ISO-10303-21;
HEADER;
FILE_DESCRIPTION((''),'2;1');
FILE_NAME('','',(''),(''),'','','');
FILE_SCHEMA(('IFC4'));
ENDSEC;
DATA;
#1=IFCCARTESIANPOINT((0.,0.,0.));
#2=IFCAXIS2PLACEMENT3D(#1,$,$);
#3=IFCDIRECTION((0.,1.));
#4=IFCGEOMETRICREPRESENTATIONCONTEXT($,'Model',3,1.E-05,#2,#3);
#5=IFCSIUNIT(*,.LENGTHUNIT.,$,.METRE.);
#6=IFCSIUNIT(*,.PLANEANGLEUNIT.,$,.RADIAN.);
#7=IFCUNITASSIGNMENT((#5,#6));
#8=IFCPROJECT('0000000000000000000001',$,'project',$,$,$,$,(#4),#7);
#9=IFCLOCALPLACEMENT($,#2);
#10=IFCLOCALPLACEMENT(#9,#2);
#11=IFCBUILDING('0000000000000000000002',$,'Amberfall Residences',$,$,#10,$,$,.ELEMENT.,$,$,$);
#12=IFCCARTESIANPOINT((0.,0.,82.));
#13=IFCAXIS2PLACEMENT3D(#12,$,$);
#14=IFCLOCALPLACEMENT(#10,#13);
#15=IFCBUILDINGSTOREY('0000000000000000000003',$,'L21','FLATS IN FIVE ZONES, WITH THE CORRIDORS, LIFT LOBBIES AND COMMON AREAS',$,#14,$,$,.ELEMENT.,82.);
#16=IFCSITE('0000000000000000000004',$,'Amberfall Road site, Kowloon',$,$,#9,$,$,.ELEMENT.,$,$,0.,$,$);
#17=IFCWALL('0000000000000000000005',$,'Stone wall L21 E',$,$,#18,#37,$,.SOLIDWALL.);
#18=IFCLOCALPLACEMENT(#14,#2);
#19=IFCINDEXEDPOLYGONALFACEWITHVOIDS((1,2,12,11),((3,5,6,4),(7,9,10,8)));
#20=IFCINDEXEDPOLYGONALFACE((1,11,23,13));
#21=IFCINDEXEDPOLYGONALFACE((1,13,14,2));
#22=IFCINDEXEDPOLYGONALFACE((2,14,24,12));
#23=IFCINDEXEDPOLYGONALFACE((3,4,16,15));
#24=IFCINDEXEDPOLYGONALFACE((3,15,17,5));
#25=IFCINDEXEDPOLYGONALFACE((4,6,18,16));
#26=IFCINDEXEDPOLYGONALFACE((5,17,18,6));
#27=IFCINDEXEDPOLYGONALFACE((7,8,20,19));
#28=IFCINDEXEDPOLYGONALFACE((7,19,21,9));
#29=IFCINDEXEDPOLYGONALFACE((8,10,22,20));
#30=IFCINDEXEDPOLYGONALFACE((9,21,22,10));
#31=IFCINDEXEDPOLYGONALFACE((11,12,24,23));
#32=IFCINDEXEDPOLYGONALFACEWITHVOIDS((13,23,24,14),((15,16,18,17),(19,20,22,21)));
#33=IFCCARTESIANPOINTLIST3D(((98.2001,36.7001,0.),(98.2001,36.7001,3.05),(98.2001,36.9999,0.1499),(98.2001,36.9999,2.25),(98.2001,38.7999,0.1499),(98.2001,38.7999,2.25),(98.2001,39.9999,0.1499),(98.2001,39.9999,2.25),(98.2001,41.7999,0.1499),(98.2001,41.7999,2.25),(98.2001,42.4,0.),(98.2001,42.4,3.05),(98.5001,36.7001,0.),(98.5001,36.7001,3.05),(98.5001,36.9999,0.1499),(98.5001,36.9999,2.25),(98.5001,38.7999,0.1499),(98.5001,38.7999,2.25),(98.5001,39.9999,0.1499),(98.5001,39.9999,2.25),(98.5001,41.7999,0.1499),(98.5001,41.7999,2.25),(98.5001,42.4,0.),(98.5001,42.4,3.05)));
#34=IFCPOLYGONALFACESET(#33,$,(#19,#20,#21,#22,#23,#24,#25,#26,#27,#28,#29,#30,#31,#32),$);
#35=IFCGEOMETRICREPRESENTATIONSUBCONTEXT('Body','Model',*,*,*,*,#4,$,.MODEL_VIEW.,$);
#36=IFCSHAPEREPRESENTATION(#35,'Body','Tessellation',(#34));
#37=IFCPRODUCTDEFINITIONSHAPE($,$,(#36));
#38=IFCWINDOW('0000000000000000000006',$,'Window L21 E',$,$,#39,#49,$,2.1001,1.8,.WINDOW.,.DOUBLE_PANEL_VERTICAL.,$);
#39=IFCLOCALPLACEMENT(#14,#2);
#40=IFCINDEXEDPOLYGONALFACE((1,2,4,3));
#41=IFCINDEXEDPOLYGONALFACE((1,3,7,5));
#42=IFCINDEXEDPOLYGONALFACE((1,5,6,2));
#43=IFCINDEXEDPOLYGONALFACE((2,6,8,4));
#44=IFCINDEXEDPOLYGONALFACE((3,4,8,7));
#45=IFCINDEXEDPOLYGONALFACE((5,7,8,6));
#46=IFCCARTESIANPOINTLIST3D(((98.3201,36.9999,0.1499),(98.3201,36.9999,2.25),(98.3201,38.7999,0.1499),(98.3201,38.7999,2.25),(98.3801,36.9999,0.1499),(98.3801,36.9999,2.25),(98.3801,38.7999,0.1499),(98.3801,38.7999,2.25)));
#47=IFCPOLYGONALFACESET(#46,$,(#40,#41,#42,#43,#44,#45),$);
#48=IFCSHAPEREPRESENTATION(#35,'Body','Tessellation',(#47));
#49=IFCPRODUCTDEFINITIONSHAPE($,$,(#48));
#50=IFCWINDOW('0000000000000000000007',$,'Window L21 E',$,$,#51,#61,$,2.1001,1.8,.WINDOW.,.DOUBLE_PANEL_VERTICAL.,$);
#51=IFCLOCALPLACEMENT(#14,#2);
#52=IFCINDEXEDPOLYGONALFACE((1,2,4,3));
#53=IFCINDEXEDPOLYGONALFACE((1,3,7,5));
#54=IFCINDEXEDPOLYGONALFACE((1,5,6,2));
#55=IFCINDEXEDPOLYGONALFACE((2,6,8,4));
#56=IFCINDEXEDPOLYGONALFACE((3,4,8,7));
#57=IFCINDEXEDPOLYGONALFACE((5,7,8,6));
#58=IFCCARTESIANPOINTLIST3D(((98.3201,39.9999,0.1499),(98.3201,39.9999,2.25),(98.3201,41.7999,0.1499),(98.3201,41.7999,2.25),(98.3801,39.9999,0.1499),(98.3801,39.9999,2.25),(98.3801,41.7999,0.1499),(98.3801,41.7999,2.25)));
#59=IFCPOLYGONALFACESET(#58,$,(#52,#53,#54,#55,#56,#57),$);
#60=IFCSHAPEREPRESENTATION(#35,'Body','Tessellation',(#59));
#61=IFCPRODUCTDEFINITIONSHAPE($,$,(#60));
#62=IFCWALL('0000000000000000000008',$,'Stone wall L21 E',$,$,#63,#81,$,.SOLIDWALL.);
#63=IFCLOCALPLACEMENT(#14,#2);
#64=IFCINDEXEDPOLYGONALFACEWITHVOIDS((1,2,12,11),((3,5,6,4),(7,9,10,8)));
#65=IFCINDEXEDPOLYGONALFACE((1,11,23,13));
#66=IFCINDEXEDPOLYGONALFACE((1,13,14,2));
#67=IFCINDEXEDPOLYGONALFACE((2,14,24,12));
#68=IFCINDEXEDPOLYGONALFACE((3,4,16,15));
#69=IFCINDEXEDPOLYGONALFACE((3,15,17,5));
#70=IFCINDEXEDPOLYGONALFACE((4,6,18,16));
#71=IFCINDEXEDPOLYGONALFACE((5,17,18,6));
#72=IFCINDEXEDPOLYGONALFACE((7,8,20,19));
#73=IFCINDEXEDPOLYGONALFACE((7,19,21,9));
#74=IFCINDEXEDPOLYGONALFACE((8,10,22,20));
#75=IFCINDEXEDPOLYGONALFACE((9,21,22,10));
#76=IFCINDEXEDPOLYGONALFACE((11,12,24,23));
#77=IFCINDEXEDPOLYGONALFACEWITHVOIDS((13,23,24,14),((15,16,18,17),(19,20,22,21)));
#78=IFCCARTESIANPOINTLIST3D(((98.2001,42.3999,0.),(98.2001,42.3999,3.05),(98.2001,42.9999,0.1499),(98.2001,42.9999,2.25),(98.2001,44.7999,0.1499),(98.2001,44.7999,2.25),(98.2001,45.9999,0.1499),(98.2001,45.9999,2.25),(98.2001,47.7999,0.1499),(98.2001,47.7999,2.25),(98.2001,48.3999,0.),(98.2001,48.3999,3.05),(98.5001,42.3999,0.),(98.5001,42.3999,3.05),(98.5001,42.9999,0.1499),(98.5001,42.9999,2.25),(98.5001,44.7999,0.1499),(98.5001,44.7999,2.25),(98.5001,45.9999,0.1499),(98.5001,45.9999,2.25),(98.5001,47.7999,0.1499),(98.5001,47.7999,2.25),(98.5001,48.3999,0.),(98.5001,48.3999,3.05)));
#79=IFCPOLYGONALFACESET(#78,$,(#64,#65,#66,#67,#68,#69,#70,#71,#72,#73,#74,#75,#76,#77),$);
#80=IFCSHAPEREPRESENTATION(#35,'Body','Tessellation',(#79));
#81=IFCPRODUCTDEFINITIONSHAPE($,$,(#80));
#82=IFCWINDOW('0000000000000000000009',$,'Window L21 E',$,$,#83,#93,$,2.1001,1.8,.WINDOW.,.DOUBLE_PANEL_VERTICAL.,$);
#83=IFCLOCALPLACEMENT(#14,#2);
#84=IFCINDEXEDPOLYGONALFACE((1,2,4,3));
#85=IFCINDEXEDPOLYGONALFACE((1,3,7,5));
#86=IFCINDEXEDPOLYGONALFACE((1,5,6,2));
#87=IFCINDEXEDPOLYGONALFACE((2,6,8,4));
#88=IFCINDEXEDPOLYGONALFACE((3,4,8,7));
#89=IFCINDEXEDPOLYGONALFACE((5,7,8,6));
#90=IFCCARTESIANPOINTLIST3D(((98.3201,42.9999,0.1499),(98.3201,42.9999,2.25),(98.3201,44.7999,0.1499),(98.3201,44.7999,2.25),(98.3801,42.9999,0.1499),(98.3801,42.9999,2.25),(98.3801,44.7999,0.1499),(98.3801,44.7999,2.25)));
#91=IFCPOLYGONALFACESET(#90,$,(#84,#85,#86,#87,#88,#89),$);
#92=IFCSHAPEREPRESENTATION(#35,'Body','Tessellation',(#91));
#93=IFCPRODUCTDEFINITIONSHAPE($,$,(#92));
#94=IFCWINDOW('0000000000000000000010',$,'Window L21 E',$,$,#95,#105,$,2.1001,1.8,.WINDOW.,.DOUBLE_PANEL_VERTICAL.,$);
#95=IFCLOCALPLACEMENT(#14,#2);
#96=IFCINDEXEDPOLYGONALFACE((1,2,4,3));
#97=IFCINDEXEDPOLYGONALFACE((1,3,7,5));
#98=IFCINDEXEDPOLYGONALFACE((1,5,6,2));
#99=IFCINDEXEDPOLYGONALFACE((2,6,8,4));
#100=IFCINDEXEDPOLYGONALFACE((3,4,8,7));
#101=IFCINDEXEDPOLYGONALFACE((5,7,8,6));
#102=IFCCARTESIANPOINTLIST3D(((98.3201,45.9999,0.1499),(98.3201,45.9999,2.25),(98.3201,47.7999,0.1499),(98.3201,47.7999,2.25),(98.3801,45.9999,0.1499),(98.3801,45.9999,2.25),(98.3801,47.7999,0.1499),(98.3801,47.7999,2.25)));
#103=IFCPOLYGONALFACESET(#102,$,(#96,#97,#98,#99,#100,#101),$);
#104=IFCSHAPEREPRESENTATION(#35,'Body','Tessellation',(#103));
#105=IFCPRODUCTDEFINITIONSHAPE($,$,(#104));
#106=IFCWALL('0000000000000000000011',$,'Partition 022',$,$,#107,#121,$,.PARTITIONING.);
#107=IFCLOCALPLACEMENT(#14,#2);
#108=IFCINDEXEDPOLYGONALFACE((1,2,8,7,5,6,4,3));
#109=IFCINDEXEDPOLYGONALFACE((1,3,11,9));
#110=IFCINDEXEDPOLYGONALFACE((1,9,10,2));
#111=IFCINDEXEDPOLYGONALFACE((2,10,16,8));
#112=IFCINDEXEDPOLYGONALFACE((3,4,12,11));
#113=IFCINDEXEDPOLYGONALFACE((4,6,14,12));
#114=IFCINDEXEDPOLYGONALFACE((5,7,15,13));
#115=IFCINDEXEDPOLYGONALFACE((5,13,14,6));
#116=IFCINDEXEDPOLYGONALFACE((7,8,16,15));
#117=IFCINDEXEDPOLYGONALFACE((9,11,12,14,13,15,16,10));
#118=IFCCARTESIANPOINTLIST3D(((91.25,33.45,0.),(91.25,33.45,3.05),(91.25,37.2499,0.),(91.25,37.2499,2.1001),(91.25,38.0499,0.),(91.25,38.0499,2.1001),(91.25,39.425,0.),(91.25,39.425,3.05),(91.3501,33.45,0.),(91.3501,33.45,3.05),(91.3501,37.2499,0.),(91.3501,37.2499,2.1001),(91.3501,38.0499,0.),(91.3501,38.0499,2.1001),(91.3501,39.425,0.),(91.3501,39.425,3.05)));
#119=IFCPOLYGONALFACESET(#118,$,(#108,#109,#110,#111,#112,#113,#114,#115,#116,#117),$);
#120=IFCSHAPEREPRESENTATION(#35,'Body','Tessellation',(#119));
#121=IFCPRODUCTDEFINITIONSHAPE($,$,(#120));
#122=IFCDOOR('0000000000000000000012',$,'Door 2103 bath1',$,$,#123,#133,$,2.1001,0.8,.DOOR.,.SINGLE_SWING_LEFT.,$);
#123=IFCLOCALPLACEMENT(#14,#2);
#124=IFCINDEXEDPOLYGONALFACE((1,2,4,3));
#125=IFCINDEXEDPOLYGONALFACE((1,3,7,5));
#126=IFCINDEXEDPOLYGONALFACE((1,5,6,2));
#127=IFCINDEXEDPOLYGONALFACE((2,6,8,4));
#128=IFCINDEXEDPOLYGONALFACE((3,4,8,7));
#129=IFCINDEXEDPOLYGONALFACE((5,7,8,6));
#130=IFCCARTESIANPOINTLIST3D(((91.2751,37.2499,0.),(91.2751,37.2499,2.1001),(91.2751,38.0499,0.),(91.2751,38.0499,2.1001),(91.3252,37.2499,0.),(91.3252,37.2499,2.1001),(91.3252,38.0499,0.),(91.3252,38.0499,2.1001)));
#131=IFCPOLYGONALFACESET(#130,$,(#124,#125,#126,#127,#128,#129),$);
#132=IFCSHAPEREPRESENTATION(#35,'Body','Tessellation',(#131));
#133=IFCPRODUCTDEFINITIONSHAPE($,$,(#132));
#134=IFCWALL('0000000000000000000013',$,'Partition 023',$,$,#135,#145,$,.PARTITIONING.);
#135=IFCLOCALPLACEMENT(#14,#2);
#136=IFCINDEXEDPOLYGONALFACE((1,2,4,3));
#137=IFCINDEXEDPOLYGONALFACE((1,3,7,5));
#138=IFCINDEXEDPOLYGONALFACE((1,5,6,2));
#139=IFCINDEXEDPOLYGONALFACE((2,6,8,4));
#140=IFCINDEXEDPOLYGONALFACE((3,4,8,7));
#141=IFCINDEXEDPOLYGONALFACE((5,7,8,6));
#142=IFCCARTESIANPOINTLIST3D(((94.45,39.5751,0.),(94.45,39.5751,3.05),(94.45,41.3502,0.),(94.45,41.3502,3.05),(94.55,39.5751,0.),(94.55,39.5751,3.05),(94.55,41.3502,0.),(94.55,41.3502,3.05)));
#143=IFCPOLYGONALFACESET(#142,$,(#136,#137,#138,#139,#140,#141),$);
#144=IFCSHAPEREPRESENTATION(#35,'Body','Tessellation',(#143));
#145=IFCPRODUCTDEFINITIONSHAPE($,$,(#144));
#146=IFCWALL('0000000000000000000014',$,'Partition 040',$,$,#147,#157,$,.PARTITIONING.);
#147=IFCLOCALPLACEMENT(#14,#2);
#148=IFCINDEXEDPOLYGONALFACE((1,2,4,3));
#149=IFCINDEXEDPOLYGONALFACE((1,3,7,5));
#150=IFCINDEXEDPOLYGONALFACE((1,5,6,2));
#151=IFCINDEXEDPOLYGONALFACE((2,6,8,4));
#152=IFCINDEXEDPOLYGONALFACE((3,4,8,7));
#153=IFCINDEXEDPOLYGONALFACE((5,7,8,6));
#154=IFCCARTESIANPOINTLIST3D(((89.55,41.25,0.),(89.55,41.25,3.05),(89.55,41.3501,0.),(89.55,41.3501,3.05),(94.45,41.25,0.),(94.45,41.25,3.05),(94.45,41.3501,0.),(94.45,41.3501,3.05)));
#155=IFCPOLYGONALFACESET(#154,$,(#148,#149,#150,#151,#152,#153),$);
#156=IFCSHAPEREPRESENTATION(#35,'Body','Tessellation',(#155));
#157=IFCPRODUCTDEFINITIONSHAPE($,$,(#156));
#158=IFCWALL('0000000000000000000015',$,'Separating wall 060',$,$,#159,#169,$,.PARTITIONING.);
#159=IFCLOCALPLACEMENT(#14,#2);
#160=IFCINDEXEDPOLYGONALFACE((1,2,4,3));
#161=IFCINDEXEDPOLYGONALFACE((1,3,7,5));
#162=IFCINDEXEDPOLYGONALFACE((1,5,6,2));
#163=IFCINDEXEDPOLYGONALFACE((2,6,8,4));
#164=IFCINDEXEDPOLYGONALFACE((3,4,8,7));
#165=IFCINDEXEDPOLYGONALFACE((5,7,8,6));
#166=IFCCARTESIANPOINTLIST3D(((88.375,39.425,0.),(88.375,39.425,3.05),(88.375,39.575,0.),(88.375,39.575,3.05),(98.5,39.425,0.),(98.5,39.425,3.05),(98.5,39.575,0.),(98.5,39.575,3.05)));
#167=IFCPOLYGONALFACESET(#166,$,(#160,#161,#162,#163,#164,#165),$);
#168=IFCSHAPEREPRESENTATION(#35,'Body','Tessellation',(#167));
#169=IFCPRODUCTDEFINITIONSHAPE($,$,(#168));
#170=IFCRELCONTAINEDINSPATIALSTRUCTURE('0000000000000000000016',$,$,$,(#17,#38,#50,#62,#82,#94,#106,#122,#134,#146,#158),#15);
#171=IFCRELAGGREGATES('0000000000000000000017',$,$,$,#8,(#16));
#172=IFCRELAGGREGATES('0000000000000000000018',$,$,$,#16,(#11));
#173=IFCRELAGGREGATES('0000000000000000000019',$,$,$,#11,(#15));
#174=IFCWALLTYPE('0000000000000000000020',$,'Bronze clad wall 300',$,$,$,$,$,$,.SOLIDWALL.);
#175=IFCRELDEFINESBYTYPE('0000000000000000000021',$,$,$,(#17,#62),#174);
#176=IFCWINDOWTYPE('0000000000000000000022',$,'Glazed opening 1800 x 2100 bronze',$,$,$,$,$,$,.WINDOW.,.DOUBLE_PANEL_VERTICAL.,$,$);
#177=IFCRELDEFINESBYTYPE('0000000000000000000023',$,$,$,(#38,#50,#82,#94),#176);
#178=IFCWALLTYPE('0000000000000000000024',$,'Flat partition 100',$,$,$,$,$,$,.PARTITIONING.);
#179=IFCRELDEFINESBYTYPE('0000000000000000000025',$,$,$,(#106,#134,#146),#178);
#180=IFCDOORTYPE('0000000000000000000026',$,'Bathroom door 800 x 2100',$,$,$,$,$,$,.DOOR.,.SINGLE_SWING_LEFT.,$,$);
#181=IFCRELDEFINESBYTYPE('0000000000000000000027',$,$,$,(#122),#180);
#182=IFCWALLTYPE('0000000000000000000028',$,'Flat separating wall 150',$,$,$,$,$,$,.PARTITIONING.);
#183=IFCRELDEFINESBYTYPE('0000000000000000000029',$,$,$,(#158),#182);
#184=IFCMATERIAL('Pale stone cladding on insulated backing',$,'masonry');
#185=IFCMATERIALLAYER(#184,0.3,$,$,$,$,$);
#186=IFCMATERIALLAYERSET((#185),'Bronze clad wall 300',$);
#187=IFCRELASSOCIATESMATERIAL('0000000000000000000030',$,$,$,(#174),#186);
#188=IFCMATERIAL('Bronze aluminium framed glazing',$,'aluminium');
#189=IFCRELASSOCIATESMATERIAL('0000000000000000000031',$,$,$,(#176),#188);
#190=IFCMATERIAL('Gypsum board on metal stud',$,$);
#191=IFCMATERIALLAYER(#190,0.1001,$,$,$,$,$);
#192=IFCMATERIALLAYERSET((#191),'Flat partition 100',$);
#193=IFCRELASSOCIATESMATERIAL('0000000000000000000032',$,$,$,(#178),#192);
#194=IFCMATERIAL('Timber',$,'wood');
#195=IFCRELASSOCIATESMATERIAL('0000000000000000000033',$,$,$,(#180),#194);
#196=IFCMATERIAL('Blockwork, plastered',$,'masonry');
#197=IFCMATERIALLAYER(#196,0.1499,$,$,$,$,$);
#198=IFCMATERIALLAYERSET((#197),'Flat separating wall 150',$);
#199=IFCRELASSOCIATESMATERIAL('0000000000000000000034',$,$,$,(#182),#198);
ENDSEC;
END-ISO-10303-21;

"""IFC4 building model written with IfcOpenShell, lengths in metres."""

from ifc_helpers import new_model, si_unit, direction, frame, frame_2d, origin, place, context, subcontext, project, spatial, rectangle, extrude, material, layer, layer_set, type_object, element, fill, save


model = new_model("IFC4")

# Units and contexts
model_context = context("Model", 3, precision=1e-05, world=origin(), true_north=direction((0.0, 1.0)))
body_context = subcontext(model_context, "Body", "Model", "MODEL_VIEW")
ifc_project = project(units=[si_unit("LENGTHUNIT", "METRE"), si_unit("PLANEANGLEUNIT", "RADIAN")], contexts=[model_context])

# Site, building, storey
site_placement = place(None, origin())
site = spatial("IfcSite", under=ifc_project, at=site_placement, Name="Amberfall Road site, Kowloon", CompositionType="ELEMENT", RefElevation=0.0)
building_placement = place(site_placement, origin())
building = spatial("IfcBuilding", under=site, at=building_placement, Name="Amberfall Residences", CompositionType="ELEMENT")
storey_placement = place(building_placement, frame((0.0, 0.0, 82.0)))
storey = spatial("IfcBuildingStorey", under=building, at=storey_placement, Name="L21", Description="FLATS IN FIVE ZONES, WITH THE CORRIDORS, LIFT LOBBIES AND COMMON AREAS", CompositionType="ELEMENT", Elevation=82.0)

# Shared definitions
ifc_material_1 = material(Name="Pale stone cladding on insulated backing", Category="masonry")
ifc_layer_1 = layer(ifc_material_1, 0.3)
ifc_layer_set_1 = layer_set([ifc_layer_1], Name="Bronze clad wall 300")
wall_type_1 = type_object("IfcWallType", Name="Bronze clad wall 300", PredefinedType="SOLIDWALL", material=ifc_layer_set_1)
ifc_material_2 = material(Name="Bronze aluminium framed glazing", Category="aluminium")

# Walls, openings, windows
wall_1_placement = place(storey_placement, frame((98.3501, 36.7, 0.0), z_axis=(0.0, 0.0, 1.0), x_axis=(0.0, 1.0, 0.0)))
wall_1 = element("IfcWall", 1, at=wall_1_placement, inside=storey, type_object=wall_type_1, Name="Stone wall L21 E", PredefinedType="SOLIDWALL", context=body_context, shape_type="SweptSolid", body=[
    extrude(rectangle(XDim=5.7, YDim=0.3, at=frame_2d((2.8501, 0.0))), origin(), (0.0, 0.0, 1.0), 3.05),
])
opening_1_placement = place(wall_1_placement, frame((0.3, 0.0, 0.1499)))
opening_1 = element("IfcOpeningElement", 2, at=opening_1_placement, cuts=wall_1, PredefinedType="OPENING", context=body_context, shape_type="SweptSolid", body=[
    extrude(rectangle(XDim=1.8, YDim=2.1001, at=frame_2d((0.8999, 1.05))), frame((0.0, 0.1599, 0.0), z_axis=(0.0, -1.0, 0.0), x_axis=(1.0, 0.0, 0.0)), (0.0, 0.0, 1.0), 0.3201),
])
opening_2_placement = place(wall_1_placement, frame((3.3, 0.0, 0.1499)))
opening_2 = element("IfcOpeningElement", 3, at=opening_2_placement, cuts=wall_1, PredefinedType="OPENING", context=body_context, shape_type="SweptSolid", body=[
    extrude(rectangle(XDim=1.8, YDim=2.1001, at=frame_2d((0.8999, 1.05))), frame((0.0, 0.1599, 0.0), z_axis=(0.0, -1.0, 0.0), x_axis=(1.0, 0.0, 0.0)), (0.0, 0.0, 1.0), 0.3201),
])
window_type_1 = type_object("IfcWindowType", Name="Glazed opening 1800 x 2100 bronze", PartitioningType="DOUBLE_PANEL_VERTICAL", PredefinedType="WINDOW", material=ifc_material_2)
window_1_placement = place(opening_1_placement, origin())
window_1 = element("IfcWindow", 4, at=window_1_placement, inside=storey, type_object=window_type_1, Name="Window L21 E", OverallHeight=2.1001, OverallWidth=1.8, PartitioningType="DOUBLE_PANEL_VERTICAL", PredefinedType="WINDOW", context=body_context, shape_type="SweptSolid", body=[
    extrude(rectangle(XDim=1.8, YDim=2.1001, at=frame_2d((0.8999, 1.05))), frame((0.0, 0.03, 0.0), z_axis=(0.0, -1.0, 0.0), x_axis=(1.0, 0.0, 0.0)), (0.0, 0.0, 1.0), 0.0601),
])
fill(opening_1, window_1)
window_2_placement = place(opening_2_placement, origin())
window_2 = element("IfcWindow", 5, at=window_2_placement, inside=storey, type_object=window_type_1, Name="Window L21 E", OverallHeight=2.1001, OverallWidth=1.8, PartitioningType="DOUBLE_PANEL_VERTICAL", PredefinedType="WINDOW", context=body_context, shape_type="SweptSolid", body=[
    extrude(rectangle(XDim=1.8, YDim=2.1001, at=frame_2d((0.8999, 1.05))), frame((0.0, 0.03, 0.0), z_axis=(0.0, -1.0, 0.0), x_axis=(1.0, 0.0, 0.0)), (0.0, 0.0, 1.0), 0.0601),
])
fill(opening_2, window_2)
wall_2_placement = place(storey_placement, frame((98.3501, 42.3999, 0.0), z_axis=(0.0, 0.0, 1.0), x_axis=(0.0, 1.0, 0.0)))
wall_2 = element("IfcWall", 6, at=wall_2_placement, inside=storey, type_object=wall_type_1, Name="Stone wall L21 E", PredefinedType="SOLIDWALL", context=body_context, shape_type="SweptSolid", body=[
    extrude(rectangle(XDim=6.0, YDim=0.3, at=frame_2d((3.0, 0.0))), origin(), (0.0, 0.0, 1.0), 3.05),
])
opening_3_placement = place(wall_2_placement, frame((0.6001, 0.0, 0.1499)))
opening_3 = element("IfcOpeningElement", 7, at=opening_3_placement, cuts=wall_2, PredefinedType="OPENING", context=body_context, shape_type="SweptSolid", body=[
    extrude(rectangle(XDim=1.8, YDim=2.1001, at=frame_2d((0.8999, 1.05))), frame((0.0, 0.1599, 0.0), z_axis=(0.0, -1.0, 0.0), x_axis=(1.0, 0.0, 0.0)), (0.0, 0.0, 1.0), 0.3201),
])
opening_4_placement = place(wall_2_placement, frame((3.6001, 0.0, 0.1499)))
opening_4 = element("IfcOpeningElement", 8, at=opening_4_placement, cuts=wall_2, PredefinedType="OPENING", context=body_context, shape_type="SweptSolid", body=[
    extrude(rectangle(XDim=1.8, YDim=2.1001, at=frame_2d((0.8999, 1.05))), frame((0.0, 0.1599, 0.0), z_axis=(0.0, -1.0, 0.0), x_axis=(1.0, 0.0, 0.0)), (0.0, 0.0, 1.0), 0.3201),
])
window_3_placement = place(opening_3_placement, origin())
window_3 = element("IfcWindow", 9, at=window_3_placement, inside=storey, type_object=window_type_1, Name="Window L21 E", OverallHeight=2.1001, OverallWidth=1.8, PartitioningType="DOUBLE_PANEL_VERTICAL", PredefinedType="WINDOW", context=body_context, shape_type="SweptSolid", body=[
    extrude(rectangle(XDim=1.8, YDim=2.1001, at=frame_2d((0.8999, 1.05))), frame((0.0, 0.03, 0.0), z_axis=(0.0, -1.0, 0.0), x_axis=(1.0, 0.0, 0.0)), (0.0, 0.0, 1.0), 0.0601),
])
fill(opening_3, window_3)
window_4_placement = place(opening_4_placement, origin())
window_4 = element("IfcWindow", 10, at=window_4_placement, inside=storey, type_object=window_type_1, Name="Window L21 E", OverallHeight=2.1001, OverallWidth=1.8, PartitioningType="DOUBLE_PANEL_VERTICAL", PredefinedType="WINDOW", context=body_context, shape_type="SweptSolid", body=[
    extrude(rectangle(XDim=1.8, YDim=2.1001, at=frame_2d((0.8999, 1.05))), frame((0.0, 0.03, 0.0), z_axis=(0.0, -1.0, 0.0), x_axis=(1.0, 0.0, 0.0)), (0.0, 0.0, 1.0), 0.0601),
])
fill(opening_4, window_4)

# Wall, opening, door
ifc_material_3 = material(Name="Gypsum board on metal stud")
ifc_layer_2 = layer(ifc_material_3, 0.1001)
ifc_layer_set_2 = layer_set([ifc_layer_2], Name="Flat partition 100")
wall_type_2 = type_object("IfcWallType", Name="Flat partition 100", PredefinedType="PARTITIONING", material=ifc_layer_set_2)
wall_3_placement = place(storey_placement, frame((91.3, 33.45, 0.0), z_axis=(0.0, 0.0, 1.0), x_axis=(0.0, 1.0, 0.0)))
wall_3 = element("IfcWall", 11, at=wall_3_placement, inside=storey, type_object=wall_type_2, Name="Partition 022", PredefinedType="PARTITIONING", context=body_context, shape_type="SweptSolid", body=[
    extrude(rectangle(XDim=5.9751, YDim=0.1001, at=frame_2d((2.9875, 0.0))), origin(), (0.0, 0.0, 1.0), 3.05),
])
opening_5_placement = place(wall_3_placement, frame((3.8, 0.0, 0.0)))
opening_5 = element("IfcOpeningElement", 12, at=opening_5_placement, cuts=wall_3, PredefinedType="OPENING", context=body_context, shape_type="SweptSolid", body=[
    extrude(rectangle(XDim=0.8, YDim=2.1001, at=frame_2d((0.3999, 1.05))), frame((0.0, 0.0601, 0.0), z_axis=(0.0, -1.0, 0.0), x_axis=(1.0, 0.0, 0.0)), (0.0, 0.0, 1.0), 0.1201),
])
ifc_material_4 = material(Name="Timber", Category="wood")
door_type_1 = type_object("IfcDoorType", Name="Bathroom door 800 x 2100", OperationType="SINGLE_SWING_LEFT", PredefinedType="DOOR", material=ifc_material_4)
door_1_placement = place(opening_5_placement, origin())
door_1 = element("IfcDoor", 13, at=door_1_placement, inside=storey, type_object=door_type_1, Name="Door 2103 bath1", OperationType="SINGLE_SWING_LEFT", OverallHeight=2.1001, OverallWidth=0.8, PredefinedType="DOOR", context=body_context, shape_type="SweptSolid", body=[
    extrude(rectangle(XDim=0.8, YDim=2.1001, at=frame_2d((0.3999, 1.05))), frame((0.0, 0.0249, 0.0), z_axis=(0.0, -1.0, 0.0), x_axis=(1.0, 0.0, 0.0)), (0.0, 0.0, 1.0), 0.05),
])
fill(opening_5, door_1)

# Walls
wall_4_placement = place(storey_placement, frame((94.5, 39.575, 0.0), z_axis=(0.0, 0.0, 1.0), x_axis=(0.0, 1.0, 0.0)))
element("IfcWall", 14, at=wall_4_placement, inside=storey, type_object=wall_type_2, Name="Partition 023", PredefinedType="PARTITIONING", context=body_context, shape_type="SweptSolid", body=[
    extrude(rectangle(XDim=1.7751, YDim=0.1001, at=frame_2d((0.8877, 0.0))), origin(), (0.0, 0.0, 1.0), 3.05),
])
wall_5_placement = place(storey_placement, frame((89.55, 41.3, 0.0), z_axis=(0.0, 0.0, 1.0), x_axis=(1.0, 0.0, 0.0)))
element("IfcWall", 15, at=wall_5_placement, inside=storey, type_object=wall_type_2, Name="Partition 040", PredefinedType="PARTITIONING", context=body_context, shape_type="SweptSolid", body=[
    extrude(rectangle(XDim=4.8999, YDim=0.1001, at=frame_2d((2.45, 0.0))), origin(), (0.0, 0.0, 1.0), 3.05),
])
ifc_material_5 = material(Name="Blockwork, plastered", Category="masonry")
ifc_layer_3 = layer(ifc_material_5, 0.1499)
ifc_layer_set_3 = layer_set([ifc_layer_3], Name="Flat separating wall 150")
wall_type_3 = type_object("IfcWallType", Name="Flat separating wall 150", PredefinedType="PARTITIONING", material=ifc_layer_set_3)
wall_6_placement = place(storey_placement, frame((88.375, 39.5, 0.0), z_axis=(0.0, 0.0, 1.0), x_axis=(1.0, 0.0, 0.0)))
element("IfcWall", 16, at=wall_6_placement, inside=storey, type_object=wall_type_3, Name="Separating wall 060", PredefinedType="PARTITIONING", context=body_context, shape_type="SweptSolid", body=[
    extrude(rectangle(XDim=10.125, YDim=0.1499, at=frame_2d((5.0625, 0.0))), origin(), (0.0, 0.0, 1.0), 3.05),
])

save(model, "model.ifc")
